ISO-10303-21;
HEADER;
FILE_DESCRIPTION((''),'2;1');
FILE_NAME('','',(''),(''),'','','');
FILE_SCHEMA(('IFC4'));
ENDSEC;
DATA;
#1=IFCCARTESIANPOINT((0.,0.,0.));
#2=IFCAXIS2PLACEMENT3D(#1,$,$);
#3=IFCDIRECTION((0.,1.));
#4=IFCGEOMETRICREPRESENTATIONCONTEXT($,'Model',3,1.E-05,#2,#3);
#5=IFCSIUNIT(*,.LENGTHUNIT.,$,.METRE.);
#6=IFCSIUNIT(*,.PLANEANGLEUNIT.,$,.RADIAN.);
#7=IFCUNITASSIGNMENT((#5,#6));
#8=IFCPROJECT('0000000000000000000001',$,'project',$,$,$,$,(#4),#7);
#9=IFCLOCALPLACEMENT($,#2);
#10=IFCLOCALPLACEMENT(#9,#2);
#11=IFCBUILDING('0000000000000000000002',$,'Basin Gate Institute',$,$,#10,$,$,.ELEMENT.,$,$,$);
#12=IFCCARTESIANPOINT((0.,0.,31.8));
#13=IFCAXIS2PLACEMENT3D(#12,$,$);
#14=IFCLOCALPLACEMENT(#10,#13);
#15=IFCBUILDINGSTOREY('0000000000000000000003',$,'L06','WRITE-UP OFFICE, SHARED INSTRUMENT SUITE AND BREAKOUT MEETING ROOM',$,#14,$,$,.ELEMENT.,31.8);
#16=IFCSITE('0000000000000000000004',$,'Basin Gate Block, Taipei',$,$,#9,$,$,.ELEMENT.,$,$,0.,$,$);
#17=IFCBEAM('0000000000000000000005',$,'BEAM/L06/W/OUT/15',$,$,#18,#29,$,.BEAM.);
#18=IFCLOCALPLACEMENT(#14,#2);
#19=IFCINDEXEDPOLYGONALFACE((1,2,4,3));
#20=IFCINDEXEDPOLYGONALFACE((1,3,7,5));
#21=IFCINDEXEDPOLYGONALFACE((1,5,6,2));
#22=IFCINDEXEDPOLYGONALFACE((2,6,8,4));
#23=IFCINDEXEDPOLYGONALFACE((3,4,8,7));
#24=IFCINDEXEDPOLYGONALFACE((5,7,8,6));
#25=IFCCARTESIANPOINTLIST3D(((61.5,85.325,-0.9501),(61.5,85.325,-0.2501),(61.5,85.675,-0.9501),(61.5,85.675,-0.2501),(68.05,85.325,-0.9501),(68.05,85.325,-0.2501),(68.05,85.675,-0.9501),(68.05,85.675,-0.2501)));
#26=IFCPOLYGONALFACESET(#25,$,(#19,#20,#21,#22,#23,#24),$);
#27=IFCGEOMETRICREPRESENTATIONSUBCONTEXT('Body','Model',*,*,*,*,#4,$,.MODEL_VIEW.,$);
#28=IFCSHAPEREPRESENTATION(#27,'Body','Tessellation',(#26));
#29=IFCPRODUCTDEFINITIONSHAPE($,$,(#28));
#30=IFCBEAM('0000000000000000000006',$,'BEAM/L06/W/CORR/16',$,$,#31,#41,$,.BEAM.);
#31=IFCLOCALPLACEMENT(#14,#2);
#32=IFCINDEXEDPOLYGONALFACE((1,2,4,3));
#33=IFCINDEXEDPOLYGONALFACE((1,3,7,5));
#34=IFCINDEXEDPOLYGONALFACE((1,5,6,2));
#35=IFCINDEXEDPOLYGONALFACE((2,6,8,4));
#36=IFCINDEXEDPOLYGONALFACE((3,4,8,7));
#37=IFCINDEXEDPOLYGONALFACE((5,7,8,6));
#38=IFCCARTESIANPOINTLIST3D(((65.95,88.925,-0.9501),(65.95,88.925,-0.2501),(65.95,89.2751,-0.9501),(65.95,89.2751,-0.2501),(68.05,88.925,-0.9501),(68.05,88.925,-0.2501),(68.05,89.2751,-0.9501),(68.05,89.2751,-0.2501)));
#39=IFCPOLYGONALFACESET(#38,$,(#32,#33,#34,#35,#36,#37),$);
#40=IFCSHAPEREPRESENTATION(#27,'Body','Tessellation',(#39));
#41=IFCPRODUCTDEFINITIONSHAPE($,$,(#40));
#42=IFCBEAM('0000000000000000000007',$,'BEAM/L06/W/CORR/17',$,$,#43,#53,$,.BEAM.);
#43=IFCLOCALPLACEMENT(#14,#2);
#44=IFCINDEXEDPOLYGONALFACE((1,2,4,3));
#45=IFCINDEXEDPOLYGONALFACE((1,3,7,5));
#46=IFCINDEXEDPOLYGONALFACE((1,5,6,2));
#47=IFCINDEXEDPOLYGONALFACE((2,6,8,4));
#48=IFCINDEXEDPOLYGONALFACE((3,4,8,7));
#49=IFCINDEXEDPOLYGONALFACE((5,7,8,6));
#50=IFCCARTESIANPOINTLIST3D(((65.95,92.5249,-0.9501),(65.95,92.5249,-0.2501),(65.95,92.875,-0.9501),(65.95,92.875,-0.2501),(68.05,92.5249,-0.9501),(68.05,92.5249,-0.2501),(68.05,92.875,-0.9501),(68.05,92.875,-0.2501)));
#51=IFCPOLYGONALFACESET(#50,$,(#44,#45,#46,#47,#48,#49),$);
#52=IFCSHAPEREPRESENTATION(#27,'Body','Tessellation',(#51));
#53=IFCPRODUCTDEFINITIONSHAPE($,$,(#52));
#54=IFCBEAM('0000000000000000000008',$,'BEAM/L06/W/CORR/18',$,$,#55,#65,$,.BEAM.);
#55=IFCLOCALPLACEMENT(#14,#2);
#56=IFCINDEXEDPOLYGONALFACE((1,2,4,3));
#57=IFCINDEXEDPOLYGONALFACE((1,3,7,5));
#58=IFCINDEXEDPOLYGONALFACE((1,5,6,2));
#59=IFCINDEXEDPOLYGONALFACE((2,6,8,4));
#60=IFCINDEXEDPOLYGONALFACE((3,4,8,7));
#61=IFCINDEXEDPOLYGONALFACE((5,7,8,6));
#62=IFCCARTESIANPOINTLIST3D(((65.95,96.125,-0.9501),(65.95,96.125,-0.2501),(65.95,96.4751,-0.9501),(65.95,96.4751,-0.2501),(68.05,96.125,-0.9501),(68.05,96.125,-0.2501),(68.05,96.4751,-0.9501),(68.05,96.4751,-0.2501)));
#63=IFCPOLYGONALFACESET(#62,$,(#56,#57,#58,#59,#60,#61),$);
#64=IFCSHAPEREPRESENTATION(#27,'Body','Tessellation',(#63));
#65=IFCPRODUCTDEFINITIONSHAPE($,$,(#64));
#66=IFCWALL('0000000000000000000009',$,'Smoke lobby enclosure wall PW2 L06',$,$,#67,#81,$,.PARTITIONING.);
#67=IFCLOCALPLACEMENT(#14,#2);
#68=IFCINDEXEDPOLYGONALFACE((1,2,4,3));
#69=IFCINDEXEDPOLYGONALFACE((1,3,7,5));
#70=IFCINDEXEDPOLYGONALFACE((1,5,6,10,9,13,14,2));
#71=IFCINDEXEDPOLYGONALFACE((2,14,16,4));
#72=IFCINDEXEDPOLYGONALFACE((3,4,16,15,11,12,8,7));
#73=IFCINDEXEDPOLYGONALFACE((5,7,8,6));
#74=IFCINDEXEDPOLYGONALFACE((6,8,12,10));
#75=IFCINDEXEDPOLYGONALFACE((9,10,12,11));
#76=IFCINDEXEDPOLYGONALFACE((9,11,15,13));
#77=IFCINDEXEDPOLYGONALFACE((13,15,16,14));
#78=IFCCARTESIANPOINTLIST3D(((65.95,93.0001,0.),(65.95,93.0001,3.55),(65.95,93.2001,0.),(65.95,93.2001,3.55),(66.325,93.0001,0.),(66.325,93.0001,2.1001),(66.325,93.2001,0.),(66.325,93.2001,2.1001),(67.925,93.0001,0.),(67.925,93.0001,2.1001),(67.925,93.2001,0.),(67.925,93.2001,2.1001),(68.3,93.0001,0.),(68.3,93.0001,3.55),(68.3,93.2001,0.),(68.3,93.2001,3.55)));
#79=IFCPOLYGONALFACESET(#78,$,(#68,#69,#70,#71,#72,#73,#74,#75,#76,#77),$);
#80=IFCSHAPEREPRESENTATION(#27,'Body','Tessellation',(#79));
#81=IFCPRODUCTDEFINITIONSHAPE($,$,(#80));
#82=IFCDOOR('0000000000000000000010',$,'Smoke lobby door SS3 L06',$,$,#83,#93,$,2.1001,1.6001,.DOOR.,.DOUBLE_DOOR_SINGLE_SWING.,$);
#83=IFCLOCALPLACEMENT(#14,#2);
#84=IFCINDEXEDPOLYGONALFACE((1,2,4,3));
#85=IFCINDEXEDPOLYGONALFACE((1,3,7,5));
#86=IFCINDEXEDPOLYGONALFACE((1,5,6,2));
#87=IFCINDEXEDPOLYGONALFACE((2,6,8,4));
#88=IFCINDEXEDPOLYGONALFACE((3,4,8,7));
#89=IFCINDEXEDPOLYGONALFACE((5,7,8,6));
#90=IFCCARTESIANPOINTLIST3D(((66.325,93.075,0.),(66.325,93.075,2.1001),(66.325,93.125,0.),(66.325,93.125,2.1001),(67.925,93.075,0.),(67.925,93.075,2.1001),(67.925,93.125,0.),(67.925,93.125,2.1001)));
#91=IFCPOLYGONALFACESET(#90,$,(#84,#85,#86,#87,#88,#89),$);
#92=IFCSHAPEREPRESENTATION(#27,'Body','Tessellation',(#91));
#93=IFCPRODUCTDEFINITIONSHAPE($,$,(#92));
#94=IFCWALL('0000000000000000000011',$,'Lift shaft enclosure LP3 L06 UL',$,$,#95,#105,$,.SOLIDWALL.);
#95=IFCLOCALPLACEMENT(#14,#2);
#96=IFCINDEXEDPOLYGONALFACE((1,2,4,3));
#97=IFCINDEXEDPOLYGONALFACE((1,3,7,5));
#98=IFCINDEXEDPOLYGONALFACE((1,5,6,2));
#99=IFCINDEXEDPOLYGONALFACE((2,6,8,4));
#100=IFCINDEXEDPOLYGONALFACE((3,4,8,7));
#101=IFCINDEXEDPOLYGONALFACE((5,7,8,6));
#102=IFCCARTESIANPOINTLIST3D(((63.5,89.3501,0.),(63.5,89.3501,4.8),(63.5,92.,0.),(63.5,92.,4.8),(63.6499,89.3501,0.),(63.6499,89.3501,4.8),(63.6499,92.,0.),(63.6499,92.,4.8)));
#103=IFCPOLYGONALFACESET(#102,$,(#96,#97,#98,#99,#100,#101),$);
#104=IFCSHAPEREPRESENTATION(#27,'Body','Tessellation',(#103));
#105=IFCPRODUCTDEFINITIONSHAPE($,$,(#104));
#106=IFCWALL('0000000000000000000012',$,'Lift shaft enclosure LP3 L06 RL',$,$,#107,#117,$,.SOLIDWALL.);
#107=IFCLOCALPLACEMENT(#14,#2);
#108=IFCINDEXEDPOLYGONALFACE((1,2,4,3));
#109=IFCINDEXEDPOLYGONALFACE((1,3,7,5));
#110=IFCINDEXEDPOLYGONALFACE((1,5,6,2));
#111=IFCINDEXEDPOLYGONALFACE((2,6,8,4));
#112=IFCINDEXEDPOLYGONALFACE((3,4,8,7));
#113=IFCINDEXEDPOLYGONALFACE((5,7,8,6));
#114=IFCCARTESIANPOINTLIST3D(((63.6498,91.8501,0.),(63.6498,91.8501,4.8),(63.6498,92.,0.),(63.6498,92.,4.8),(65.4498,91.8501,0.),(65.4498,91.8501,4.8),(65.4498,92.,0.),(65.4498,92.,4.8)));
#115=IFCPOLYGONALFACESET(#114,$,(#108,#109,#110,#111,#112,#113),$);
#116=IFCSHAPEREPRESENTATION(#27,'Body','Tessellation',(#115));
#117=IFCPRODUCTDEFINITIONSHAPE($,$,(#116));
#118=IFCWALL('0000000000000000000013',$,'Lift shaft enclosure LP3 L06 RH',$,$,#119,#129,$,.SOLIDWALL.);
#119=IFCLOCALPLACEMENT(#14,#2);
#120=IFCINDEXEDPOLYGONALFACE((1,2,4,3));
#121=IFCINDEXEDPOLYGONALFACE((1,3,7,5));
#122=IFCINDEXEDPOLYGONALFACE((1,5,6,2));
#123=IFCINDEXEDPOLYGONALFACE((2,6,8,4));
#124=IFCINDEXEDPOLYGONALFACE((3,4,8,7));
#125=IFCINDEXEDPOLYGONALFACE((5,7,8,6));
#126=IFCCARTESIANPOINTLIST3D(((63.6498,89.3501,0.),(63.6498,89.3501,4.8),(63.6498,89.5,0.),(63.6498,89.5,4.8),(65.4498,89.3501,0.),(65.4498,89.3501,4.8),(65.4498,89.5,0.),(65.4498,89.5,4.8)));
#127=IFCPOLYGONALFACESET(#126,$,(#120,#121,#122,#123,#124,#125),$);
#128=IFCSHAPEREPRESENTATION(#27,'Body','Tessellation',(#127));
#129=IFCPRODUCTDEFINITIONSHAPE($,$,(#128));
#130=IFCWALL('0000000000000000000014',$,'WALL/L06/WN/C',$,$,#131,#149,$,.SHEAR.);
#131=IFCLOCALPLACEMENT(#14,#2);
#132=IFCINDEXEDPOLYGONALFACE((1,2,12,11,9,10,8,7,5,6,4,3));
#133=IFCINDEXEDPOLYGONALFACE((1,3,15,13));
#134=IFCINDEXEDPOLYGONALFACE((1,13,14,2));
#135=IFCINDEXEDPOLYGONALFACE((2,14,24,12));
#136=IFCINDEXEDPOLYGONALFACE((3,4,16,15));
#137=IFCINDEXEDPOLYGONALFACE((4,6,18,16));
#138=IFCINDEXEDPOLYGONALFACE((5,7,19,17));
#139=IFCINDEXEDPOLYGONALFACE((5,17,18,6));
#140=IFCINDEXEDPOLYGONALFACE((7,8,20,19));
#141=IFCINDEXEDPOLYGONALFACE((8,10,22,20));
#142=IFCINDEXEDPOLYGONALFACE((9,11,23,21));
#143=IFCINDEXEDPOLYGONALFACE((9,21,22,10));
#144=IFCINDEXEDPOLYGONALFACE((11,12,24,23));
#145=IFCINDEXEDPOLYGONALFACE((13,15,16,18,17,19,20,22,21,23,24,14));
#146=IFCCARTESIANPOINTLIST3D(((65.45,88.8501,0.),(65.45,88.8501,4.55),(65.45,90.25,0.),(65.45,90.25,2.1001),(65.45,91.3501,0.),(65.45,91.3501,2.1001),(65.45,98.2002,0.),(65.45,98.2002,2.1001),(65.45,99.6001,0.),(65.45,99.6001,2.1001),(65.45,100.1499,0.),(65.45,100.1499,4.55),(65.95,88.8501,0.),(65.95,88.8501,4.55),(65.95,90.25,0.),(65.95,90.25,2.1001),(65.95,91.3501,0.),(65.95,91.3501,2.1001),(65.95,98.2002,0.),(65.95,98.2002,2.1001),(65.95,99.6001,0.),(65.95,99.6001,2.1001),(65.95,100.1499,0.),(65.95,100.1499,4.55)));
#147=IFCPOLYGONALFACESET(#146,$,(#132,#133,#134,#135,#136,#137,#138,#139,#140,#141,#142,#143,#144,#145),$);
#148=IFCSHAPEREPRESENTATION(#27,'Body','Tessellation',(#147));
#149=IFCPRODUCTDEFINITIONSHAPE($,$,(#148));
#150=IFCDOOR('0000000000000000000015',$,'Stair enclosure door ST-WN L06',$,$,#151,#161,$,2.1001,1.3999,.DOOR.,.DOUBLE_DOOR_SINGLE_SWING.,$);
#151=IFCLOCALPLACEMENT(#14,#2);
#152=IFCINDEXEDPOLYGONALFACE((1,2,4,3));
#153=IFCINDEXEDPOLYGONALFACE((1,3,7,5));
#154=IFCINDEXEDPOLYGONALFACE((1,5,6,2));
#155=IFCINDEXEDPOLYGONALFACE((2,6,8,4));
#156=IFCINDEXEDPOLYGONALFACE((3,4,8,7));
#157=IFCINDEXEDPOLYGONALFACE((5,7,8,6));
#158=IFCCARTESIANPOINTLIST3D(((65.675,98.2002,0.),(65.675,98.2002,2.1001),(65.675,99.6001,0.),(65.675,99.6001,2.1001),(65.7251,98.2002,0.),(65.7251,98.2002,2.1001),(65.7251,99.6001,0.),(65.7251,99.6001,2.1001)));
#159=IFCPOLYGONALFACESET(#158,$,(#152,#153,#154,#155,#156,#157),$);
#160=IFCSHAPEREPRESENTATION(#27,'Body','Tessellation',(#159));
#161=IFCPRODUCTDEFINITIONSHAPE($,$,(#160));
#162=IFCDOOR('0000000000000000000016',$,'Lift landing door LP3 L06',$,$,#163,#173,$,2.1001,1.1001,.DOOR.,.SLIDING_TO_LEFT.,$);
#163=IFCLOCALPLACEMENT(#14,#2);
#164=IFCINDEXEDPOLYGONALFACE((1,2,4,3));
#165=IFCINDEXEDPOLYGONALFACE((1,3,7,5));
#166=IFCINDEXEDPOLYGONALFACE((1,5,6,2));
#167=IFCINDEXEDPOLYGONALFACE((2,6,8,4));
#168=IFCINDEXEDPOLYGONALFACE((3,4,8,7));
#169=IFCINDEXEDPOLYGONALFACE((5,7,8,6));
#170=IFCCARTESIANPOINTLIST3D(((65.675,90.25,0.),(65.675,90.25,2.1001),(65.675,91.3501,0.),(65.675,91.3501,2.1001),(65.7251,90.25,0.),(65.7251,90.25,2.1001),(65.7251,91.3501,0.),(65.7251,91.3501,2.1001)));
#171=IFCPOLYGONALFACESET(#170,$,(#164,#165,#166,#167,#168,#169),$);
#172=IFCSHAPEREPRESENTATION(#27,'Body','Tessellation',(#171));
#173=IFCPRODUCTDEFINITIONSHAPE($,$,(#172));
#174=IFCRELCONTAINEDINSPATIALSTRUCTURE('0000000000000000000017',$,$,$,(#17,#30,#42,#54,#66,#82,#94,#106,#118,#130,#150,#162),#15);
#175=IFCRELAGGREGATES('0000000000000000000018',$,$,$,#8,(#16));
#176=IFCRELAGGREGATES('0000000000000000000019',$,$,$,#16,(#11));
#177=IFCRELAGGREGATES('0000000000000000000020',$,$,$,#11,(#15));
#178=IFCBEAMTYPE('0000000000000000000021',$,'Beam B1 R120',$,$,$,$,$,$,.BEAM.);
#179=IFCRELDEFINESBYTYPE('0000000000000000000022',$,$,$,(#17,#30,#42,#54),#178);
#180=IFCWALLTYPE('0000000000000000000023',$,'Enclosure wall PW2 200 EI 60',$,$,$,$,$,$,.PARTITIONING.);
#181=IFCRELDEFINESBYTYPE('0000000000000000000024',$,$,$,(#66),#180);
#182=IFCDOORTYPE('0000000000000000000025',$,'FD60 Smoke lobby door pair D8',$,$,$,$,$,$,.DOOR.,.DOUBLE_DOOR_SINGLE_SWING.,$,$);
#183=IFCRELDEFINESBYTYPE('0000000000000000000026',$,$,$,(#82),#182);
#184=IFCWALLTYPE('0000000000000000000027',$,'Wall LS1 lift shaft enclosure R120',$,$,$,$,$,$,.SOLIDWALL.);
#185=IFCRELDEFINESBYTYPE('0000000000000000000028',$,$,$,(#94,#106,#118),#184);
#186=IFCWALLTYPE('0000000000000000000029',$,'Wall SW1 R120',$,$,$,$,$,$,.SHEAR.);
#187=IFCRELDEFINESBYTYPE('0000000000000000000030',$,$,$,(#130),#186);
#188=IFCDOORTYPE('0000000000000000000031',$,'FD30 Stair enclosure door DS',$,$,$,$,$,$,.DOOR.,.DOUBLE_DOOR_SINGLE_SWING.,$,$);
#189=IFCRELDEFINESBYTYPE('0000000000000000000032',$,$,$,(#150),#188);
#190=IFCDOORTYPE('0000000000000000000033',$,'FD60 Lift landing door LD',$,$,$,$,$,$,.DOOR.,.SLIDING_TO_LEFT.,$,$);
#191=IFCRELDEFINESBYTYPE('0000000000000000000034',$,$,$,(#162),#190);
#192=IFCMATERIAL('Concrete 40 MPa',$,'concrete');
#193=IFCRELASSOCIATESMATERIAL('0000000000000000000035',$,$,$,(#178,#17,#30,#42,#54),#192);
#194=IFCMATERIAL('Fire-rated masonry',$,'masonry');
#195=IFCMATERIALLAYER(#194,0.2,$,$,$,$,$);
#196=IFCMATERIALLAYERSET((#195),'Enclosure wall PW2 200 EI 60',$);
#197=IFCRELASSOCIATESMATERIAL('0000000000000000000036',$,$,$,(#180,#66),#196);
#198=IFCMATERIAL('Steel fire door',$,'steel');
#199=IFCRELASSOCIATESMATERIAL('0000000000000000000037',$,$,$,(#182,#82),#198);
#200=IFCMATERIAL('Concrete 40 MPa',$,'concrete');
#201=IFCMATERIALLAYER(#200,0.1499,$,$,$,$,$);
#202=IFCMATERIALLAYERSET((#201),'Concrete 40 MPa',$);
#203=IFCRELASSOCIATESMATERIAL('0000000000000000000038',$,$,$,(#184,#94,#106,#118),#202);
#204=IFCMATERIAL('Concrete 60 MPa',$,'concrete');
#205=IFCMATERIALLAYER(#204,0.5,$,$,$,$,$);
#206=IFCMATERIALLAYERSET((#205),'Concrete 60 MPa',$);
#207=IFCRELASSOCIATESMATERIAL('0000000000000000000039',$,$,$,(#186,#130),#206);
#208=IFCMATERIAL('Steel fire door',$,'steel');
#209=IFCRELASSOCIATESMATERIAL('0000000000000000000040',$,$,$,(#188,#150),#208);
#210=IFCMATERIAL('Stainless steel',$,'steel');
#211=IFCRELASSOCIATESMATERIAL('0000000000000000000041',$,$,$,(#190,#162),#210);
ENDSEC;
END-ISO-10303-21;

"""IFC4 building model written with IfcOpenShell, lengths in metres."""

from ifc_helpers import new_model, si_unit, direction, frame, frame_2d, origin, origin_2d, place, context, subcontext, project, spatial, rectangle, extrude, material, layer, layer_set, material_profile, profile_set, type_object, element, fill, save


model = new_model("IFC4")

# Units and contexts
model_context = context("Model", 3, precision=1e-05, world=origin(), true_north=direction((0.0, 1.0)))
body_context = subcontext(model_context, "Body", "Model", "MODEL_VIEW")
ifc_project = project(units=[si_unit("LENGTHUNIT", "METRE"), si_unit("PLANEANGLEUNIT", "RADIAN")], contexts=[model_context])

# Site, building, storey
site_placement = place(None, origin())
site = spatial("IfcSite", under=ifc_project, at=site_placement, Name="Basin Gate Block, Taipei", CompositionType="ELEMENT", RefElevation=0.0)
building_placement = place(site_placement, origin())
building = spatial("IfcBuilding", under=site, at=building_placement, Name="Basin Gate Institute", CompositionType="ELEMENT")
storey_placement = place(building_placement, frame((0.0, 0.0, 31.8)))
storey = spatial("IfcBuildingStorey", under=building, at=storey_placement, Name="L06", Description="WRITE-UP OFFICE, SHARED INSTRUMENT SUITE AND BREAKOUT MEETING ROOM", CompositionType="ELEMENT", Elevation=31.8)

# Beams
ifc_material_1 = material(Name="Concrete 40 MPa", Category="concrete")
ifc_material_profile = material_profile(ifc_material_1, rectangle(XDim=0.3501, YDim=0.7, at=origin_2d()), Name="Beam B1 350 x 700")
ifc_profile_set = profile_set([ifc_material_profile], Name="Concrete 40 MPa")
beam_type = type_object("IfcBeamType", Name="Beam B1 R120", PredefinedType="BEAM", material=ifc_profile_set)
beam_placement = place(storey_placement, frame((61.5, 85.5, -0.6001), z_axis=(1.0, 0.0, 0.0), x_axis=(0.0, 1.0, 0.0)))
element("IfcBeam", 1, at=beam_placement, inside=storey, type_object=beam_type, material=ifc_profile_set, Name="BEAM/L06/W/OUT/15", PredefinedType="BEAM", context=body_context, shape_type="SweptSolid", body=[
    extrude(rectangle(XDim=0.3501, YDim=0.7, at=origin_2d()), origin(), (0.0, 0.0, 1.0), 6.55),
])
for number, where, z_axis, x_axis, name in (
    (2, (65.95, 89.1001, -0.6001), (1.0, 0.0, 0.0), (0.0, 1.0, 0.0), "BEAM/L06/W/CORR/16"),
    (3, (65.95, 92.7, -0.6001), (1.0, 0.0, 0.0), (0.0, 1.0, 0.0), "BEAM/L06/W/CORR/17"),
    (4, (65.95, 96.3, -0.6001), (1.0, 0.0, 0.0), (0.0, 1.0, 0.0), "BEAM/L06/W/CORR/18"),
):
    element("IfcBeam", number, at=place(storey_placement, frame(where, z_axis=z_axis, x_axis=x_axis)), inside=storey, type_object=beam_type, material=ifc_profile_set, Name=name, PredefinedType="BEAM", context=body_context, shape_type="SweptSolid", body=[
        extrude(rectangle(XDim=0.3501, YDim=0.7, at=origin_2d()), origin(), (0.0, 0.0, 1.0), 2.1001),
    ])

# Wall, opening, door
ifc_material_2 = material(Name="Fire-rated masonry", Category="masonry")
ifc_layer_1 = layer(ifc_material_2, 0.2)
ifc_layer_set_1 = layer_set([ifc_layer_1], Name="Enclosure wall PW2 200 EI 60")
wall_type_1 = type_object("IfcWallType", Name="Enclosure wall PW2 200 EI 60", PredefinedType="PARTITIONING", material=ifc_layer_set_1)
wall_1_placement = place(storey_placement, frame((65.95, 93.1001, 0.0), z_axis=(0.0, 0.0, 1.0), x_axis=(1.0, 0.0, 0.0)))
wall_1 = element("IfcWall", 5, at=wall_1_placement, inside=storey, type_object=wall_type_1, material=ifc_layer_set_1, Name="Smoke lobby enclosure wall PW2 L06", PredefinedType="PARTITIONING", context=body_context, shape_type="SweptSolid", body=[
    extrude(rectangle(XDim=2.3501, YDim=0.2, at=frame_2d((1.175, 0.0))), origin(), (0.0, 0.0, 1.0), 3.55),
])
opening_1_placement = place(wall_1_placement, frame((0.375, 0.0, 0.0)))
opening_1 = element("IfcOpeningElement", 6, at=opening_1_placement, cuts=wall_1, PredefinedType="OPENING", context=body_context, shape_type="SweptSolid", body=[
    extrude(rectangle(XDim=1.6001, YDim=2.1001, at=frame_2d((0.8, 1.05))), frame((0.0, 0.1099, 0.0), z_axis=(0.0, -1.0, 0.0), x_axis=(1.0, 0.0, 0.0)), (0.0, 0.0, 1.0), 0.22),
])
ifc_material_3 = material(Name="Steel fire door", Category="steel")
door_type_1 = type_object("IfcDoorType", Name="FD60 Smoke lobby door pair D8", OperationType="DOUBLE_DOOR_SINGLE_SWING", PredefinedType="DOOR", material=ifc_material_3)
door_1_placement = place(opening_1_placement, origin())
door_1 = element("IfcDoor", 7, at=door_1_placement, inside=storey, type_object=door_type_1, material=ifc_material_3, Name="Smoke lobby door SS3 L06", OperationType="DOUBLE_DOOR_SINGLE_SWING", OverallHeight=2.1001, OverallWidth=1.6001, PredefinedType="DOOR", context=body_context, shape_type="SweptSolid", body=[
    extrude(rectangle(XDim=1.6001, YDim=2.1001, at=frame_2d((0.8, 1.05))), frame((0.0, 0.0249, 0.0), z_axis=(0.0, -1.0, 0.0), x_axis=(1.0, 0.0, 0.0)), (0.0, 0.0, 1.0), 0.05),
])
fill(opening_1, door_1)

# Walls
ifc_material_4 = material(Name="Concrete 40 MPa", Category="concrete")
ifc_layer_2 = layer(ifc_material_4, 0.1499)
ifc_layer_set_2 = layer_set([ifc_layer_2], Name="Concrete 40 MPa")
wall_type_2 = type_object("IfcWallType", Name="Wall LS1 lift shaft enclosure R120", PredefinedType="SOLIDWALL", material=ifc_layer_set_2)
wall_2_placement = place(storey_placement, frame((63.575, 92.0, 0.0), z_axis=(0.0, 0.0, 1.0), x_axis=(0.0, -1.0, 0.0)))
element("IfcWall", 8, at=wall_2_placement, inside=storey, type_object=wall_type_2, material=ifc_layer_set_2, Name="Lift shaft enclosure LP3 L06 UL", PredefinedType="SOLIDWALL", context=body_context, shape_type="SweptSolid", body=[
    extrude(rectangle(XDim=2.6499, YDim=0.1499, at=frame_2d((1.325, 0.0))), origin(), (0.0, 0.0, 1.0), 4.8),
])
for number, where, z_axis, x_axis, name in (
    (9, (63.6499, 91.925, 0.0), (0.0, 0.0, 1.0), (1.0, 0.0, 0.0), "Lift shaft enclosure LP3 L06 RL"),
    (10, (63.6499, 89.425, 0.0), (0.0, 0.0, 1.0), (1.0, 0.0, 0.0), "Lift shaft enclosure LP3 L06 RH"),
):
    element("IfcWall", number, at=place(storey_placement, frame(where, z_axis=z_axis, x_axis=x_axis)), inside=storey, type_object=wall_type_2, material=ifc_layer_set_2, Name=name, PredefinedType="SOLIDWALL", context=body_context, shape_type="SweptSolid", body=[
        extrude(rectangle(XDim=1.8, YDim=0.1499, at=frame_2d((0.8999, 0.0))), origin(), (0.0, 0.0, 1.0), 4.8),
    ])

# Wall, openings, doors
ifc_material_5 = material(Name="Concrete 60 MPa", Category="concrete")
ifc_layer_3 = layer(ifc_material_5, 0.5)
ifc_layer_set_3 = layer_set([ifc_layer_3], Name="Concrete 60 MPa")
wall_type_3 = type_object("IfcWallType", Name="Wall SW1 R120", PredefinedType="SHEAR", material=ifc_layer_set_3)
wall_3_placement = place(storey_placement, frame((65.7, 88.8501, 0.0), z_axis=(0.0, 0.0, 1.0), x_axis=(0.0, 1.0, 0.0)))
wall_3 = element("IfcWall", 11, at=wall_3_placement, inside=storey, type_object=wall_type_3, material=ifc_layer_set_3, Name="WALL/L06/WN/C", PredefinedType="SHEAR", context=body_context, shape_type="SweptSolid", body=[
    extrude(rectangle(XDim=11.2998, YDim=0.5, at=frame_2d((5.6499, 0.0))), origin(), (0.0, 0.0, 1.0), 4.55),
])
opening_2_placement = place(wall_3_placement, frame((9.3501, 0.0, 0.0)))
opening_2 = element("IfcOpeningElement", 12, at=opening_2_placement, cuts=wall_3, PredefinedType="OPENING", context=body_context, shape_type="SweptSolid", body=[
    extrude(rectangle(XDim=1.3999, YDim=2.1001, at=frame_2d((0.7, 1.05))), frame((0.0, 0.26, 0.0), z_axis=(0.0, -1.0, 0.0), x_axis=(1.0, 0.0, 0.0)), (0.0, 0.0, 1.0), 0.52),
])
opening_3_placement = place(wall_3_placement, frame((1.3999, 0.0, 0.0)))
opening_3 = element("IfcOpeningElement", 13, at=opening_3_placement, cuts=wall_3, PredefinedType="OPENING", context=body_context, shape_type="SweptSolid", body=[
    extrude(rectangle(XDim=1.1001, YDim=2.1001, at=frame_2d((0.55, 1.05))), frame((0.0, 0.26, 0.0), z_axis=(0.0, -1.0, 0.0), x_axis=(1.0, 0.0, 0.0)), (0.0, 0.0, 1.0), 0.52),
])
ifc_material_6 = material(Name="Steel fire door", Category="steel")
door_type_2 = type_object("IfcDoorType", Name="FD30 Stair enclosure door DS", OperationType="DOUBLE_DOOR_SINGLE_SWING", PredefinedType="DOOR", material=ifc_material_6)
door_2_placement = place(opening_2_placement, origin())
door_2 = element("IfcDoor", 14, at=door_2_placement, inside=storey, type_object=door_type_2, material=ifc_material_6, Name="Stair enclosure door ST-WN L06", OperationType="DOUBLE_DOOR_SINGLE_SWING", OverallHeight=2.1001, OverallWidth=1.3999, PredefinedType="DOOR", context=body_context, shape_type="SweptSolid", body=[
    extrude(rectangle(XDim=1.3999, YDim=2.1001, at=frame_2d((0.7, 1.05))), frame((0.0, 0.0249, 0.0), z_axis=(0.0, -1.0, 0.0), x_axis=(1.0, 0.0, 0.0)), (0.0, 0.0, 1.0), 0.05),
])
fill(opening_2, door_2)
ifc_material_7 = material(Name="Stainless steel", Category="steel")
door_type_3 = type_object("IfcDoorType", Name="FD60 Lift landing door LD", OperationType="SLIDING_TO_LEFT", PredefinedType="DOOR", material=ifc_material_7)
door_3_placement = place(opening_3_placement, origin())
door_3 = element("IfcDoor", 15, at=door_3_placement, inside=storey, type_object=door_type_3, material=ifc_material_7, Name="Lift landing door LP3 L06", OperationType="SLIDING_TO_LEFT", OverallHeight=2.1001, OverallWidth=1.1001, PredefinedType="DOOR", context=body_context, shape_type="SweptSolid", body=[
    extrude(rectangle(XDim=1.1001, YDim=2.1001, at=frame_2d((0.55, 1.05))), frame((0.0, 0.0249, 0.0), z_axis=(0.0, -1.0, 0.0), x_axis=(1.0, 0.0, 0.0)), (0.0, 0.0, 1.0), 0.05),
])
fill(opening_3, door_3)

save(model, "model.ifc")
